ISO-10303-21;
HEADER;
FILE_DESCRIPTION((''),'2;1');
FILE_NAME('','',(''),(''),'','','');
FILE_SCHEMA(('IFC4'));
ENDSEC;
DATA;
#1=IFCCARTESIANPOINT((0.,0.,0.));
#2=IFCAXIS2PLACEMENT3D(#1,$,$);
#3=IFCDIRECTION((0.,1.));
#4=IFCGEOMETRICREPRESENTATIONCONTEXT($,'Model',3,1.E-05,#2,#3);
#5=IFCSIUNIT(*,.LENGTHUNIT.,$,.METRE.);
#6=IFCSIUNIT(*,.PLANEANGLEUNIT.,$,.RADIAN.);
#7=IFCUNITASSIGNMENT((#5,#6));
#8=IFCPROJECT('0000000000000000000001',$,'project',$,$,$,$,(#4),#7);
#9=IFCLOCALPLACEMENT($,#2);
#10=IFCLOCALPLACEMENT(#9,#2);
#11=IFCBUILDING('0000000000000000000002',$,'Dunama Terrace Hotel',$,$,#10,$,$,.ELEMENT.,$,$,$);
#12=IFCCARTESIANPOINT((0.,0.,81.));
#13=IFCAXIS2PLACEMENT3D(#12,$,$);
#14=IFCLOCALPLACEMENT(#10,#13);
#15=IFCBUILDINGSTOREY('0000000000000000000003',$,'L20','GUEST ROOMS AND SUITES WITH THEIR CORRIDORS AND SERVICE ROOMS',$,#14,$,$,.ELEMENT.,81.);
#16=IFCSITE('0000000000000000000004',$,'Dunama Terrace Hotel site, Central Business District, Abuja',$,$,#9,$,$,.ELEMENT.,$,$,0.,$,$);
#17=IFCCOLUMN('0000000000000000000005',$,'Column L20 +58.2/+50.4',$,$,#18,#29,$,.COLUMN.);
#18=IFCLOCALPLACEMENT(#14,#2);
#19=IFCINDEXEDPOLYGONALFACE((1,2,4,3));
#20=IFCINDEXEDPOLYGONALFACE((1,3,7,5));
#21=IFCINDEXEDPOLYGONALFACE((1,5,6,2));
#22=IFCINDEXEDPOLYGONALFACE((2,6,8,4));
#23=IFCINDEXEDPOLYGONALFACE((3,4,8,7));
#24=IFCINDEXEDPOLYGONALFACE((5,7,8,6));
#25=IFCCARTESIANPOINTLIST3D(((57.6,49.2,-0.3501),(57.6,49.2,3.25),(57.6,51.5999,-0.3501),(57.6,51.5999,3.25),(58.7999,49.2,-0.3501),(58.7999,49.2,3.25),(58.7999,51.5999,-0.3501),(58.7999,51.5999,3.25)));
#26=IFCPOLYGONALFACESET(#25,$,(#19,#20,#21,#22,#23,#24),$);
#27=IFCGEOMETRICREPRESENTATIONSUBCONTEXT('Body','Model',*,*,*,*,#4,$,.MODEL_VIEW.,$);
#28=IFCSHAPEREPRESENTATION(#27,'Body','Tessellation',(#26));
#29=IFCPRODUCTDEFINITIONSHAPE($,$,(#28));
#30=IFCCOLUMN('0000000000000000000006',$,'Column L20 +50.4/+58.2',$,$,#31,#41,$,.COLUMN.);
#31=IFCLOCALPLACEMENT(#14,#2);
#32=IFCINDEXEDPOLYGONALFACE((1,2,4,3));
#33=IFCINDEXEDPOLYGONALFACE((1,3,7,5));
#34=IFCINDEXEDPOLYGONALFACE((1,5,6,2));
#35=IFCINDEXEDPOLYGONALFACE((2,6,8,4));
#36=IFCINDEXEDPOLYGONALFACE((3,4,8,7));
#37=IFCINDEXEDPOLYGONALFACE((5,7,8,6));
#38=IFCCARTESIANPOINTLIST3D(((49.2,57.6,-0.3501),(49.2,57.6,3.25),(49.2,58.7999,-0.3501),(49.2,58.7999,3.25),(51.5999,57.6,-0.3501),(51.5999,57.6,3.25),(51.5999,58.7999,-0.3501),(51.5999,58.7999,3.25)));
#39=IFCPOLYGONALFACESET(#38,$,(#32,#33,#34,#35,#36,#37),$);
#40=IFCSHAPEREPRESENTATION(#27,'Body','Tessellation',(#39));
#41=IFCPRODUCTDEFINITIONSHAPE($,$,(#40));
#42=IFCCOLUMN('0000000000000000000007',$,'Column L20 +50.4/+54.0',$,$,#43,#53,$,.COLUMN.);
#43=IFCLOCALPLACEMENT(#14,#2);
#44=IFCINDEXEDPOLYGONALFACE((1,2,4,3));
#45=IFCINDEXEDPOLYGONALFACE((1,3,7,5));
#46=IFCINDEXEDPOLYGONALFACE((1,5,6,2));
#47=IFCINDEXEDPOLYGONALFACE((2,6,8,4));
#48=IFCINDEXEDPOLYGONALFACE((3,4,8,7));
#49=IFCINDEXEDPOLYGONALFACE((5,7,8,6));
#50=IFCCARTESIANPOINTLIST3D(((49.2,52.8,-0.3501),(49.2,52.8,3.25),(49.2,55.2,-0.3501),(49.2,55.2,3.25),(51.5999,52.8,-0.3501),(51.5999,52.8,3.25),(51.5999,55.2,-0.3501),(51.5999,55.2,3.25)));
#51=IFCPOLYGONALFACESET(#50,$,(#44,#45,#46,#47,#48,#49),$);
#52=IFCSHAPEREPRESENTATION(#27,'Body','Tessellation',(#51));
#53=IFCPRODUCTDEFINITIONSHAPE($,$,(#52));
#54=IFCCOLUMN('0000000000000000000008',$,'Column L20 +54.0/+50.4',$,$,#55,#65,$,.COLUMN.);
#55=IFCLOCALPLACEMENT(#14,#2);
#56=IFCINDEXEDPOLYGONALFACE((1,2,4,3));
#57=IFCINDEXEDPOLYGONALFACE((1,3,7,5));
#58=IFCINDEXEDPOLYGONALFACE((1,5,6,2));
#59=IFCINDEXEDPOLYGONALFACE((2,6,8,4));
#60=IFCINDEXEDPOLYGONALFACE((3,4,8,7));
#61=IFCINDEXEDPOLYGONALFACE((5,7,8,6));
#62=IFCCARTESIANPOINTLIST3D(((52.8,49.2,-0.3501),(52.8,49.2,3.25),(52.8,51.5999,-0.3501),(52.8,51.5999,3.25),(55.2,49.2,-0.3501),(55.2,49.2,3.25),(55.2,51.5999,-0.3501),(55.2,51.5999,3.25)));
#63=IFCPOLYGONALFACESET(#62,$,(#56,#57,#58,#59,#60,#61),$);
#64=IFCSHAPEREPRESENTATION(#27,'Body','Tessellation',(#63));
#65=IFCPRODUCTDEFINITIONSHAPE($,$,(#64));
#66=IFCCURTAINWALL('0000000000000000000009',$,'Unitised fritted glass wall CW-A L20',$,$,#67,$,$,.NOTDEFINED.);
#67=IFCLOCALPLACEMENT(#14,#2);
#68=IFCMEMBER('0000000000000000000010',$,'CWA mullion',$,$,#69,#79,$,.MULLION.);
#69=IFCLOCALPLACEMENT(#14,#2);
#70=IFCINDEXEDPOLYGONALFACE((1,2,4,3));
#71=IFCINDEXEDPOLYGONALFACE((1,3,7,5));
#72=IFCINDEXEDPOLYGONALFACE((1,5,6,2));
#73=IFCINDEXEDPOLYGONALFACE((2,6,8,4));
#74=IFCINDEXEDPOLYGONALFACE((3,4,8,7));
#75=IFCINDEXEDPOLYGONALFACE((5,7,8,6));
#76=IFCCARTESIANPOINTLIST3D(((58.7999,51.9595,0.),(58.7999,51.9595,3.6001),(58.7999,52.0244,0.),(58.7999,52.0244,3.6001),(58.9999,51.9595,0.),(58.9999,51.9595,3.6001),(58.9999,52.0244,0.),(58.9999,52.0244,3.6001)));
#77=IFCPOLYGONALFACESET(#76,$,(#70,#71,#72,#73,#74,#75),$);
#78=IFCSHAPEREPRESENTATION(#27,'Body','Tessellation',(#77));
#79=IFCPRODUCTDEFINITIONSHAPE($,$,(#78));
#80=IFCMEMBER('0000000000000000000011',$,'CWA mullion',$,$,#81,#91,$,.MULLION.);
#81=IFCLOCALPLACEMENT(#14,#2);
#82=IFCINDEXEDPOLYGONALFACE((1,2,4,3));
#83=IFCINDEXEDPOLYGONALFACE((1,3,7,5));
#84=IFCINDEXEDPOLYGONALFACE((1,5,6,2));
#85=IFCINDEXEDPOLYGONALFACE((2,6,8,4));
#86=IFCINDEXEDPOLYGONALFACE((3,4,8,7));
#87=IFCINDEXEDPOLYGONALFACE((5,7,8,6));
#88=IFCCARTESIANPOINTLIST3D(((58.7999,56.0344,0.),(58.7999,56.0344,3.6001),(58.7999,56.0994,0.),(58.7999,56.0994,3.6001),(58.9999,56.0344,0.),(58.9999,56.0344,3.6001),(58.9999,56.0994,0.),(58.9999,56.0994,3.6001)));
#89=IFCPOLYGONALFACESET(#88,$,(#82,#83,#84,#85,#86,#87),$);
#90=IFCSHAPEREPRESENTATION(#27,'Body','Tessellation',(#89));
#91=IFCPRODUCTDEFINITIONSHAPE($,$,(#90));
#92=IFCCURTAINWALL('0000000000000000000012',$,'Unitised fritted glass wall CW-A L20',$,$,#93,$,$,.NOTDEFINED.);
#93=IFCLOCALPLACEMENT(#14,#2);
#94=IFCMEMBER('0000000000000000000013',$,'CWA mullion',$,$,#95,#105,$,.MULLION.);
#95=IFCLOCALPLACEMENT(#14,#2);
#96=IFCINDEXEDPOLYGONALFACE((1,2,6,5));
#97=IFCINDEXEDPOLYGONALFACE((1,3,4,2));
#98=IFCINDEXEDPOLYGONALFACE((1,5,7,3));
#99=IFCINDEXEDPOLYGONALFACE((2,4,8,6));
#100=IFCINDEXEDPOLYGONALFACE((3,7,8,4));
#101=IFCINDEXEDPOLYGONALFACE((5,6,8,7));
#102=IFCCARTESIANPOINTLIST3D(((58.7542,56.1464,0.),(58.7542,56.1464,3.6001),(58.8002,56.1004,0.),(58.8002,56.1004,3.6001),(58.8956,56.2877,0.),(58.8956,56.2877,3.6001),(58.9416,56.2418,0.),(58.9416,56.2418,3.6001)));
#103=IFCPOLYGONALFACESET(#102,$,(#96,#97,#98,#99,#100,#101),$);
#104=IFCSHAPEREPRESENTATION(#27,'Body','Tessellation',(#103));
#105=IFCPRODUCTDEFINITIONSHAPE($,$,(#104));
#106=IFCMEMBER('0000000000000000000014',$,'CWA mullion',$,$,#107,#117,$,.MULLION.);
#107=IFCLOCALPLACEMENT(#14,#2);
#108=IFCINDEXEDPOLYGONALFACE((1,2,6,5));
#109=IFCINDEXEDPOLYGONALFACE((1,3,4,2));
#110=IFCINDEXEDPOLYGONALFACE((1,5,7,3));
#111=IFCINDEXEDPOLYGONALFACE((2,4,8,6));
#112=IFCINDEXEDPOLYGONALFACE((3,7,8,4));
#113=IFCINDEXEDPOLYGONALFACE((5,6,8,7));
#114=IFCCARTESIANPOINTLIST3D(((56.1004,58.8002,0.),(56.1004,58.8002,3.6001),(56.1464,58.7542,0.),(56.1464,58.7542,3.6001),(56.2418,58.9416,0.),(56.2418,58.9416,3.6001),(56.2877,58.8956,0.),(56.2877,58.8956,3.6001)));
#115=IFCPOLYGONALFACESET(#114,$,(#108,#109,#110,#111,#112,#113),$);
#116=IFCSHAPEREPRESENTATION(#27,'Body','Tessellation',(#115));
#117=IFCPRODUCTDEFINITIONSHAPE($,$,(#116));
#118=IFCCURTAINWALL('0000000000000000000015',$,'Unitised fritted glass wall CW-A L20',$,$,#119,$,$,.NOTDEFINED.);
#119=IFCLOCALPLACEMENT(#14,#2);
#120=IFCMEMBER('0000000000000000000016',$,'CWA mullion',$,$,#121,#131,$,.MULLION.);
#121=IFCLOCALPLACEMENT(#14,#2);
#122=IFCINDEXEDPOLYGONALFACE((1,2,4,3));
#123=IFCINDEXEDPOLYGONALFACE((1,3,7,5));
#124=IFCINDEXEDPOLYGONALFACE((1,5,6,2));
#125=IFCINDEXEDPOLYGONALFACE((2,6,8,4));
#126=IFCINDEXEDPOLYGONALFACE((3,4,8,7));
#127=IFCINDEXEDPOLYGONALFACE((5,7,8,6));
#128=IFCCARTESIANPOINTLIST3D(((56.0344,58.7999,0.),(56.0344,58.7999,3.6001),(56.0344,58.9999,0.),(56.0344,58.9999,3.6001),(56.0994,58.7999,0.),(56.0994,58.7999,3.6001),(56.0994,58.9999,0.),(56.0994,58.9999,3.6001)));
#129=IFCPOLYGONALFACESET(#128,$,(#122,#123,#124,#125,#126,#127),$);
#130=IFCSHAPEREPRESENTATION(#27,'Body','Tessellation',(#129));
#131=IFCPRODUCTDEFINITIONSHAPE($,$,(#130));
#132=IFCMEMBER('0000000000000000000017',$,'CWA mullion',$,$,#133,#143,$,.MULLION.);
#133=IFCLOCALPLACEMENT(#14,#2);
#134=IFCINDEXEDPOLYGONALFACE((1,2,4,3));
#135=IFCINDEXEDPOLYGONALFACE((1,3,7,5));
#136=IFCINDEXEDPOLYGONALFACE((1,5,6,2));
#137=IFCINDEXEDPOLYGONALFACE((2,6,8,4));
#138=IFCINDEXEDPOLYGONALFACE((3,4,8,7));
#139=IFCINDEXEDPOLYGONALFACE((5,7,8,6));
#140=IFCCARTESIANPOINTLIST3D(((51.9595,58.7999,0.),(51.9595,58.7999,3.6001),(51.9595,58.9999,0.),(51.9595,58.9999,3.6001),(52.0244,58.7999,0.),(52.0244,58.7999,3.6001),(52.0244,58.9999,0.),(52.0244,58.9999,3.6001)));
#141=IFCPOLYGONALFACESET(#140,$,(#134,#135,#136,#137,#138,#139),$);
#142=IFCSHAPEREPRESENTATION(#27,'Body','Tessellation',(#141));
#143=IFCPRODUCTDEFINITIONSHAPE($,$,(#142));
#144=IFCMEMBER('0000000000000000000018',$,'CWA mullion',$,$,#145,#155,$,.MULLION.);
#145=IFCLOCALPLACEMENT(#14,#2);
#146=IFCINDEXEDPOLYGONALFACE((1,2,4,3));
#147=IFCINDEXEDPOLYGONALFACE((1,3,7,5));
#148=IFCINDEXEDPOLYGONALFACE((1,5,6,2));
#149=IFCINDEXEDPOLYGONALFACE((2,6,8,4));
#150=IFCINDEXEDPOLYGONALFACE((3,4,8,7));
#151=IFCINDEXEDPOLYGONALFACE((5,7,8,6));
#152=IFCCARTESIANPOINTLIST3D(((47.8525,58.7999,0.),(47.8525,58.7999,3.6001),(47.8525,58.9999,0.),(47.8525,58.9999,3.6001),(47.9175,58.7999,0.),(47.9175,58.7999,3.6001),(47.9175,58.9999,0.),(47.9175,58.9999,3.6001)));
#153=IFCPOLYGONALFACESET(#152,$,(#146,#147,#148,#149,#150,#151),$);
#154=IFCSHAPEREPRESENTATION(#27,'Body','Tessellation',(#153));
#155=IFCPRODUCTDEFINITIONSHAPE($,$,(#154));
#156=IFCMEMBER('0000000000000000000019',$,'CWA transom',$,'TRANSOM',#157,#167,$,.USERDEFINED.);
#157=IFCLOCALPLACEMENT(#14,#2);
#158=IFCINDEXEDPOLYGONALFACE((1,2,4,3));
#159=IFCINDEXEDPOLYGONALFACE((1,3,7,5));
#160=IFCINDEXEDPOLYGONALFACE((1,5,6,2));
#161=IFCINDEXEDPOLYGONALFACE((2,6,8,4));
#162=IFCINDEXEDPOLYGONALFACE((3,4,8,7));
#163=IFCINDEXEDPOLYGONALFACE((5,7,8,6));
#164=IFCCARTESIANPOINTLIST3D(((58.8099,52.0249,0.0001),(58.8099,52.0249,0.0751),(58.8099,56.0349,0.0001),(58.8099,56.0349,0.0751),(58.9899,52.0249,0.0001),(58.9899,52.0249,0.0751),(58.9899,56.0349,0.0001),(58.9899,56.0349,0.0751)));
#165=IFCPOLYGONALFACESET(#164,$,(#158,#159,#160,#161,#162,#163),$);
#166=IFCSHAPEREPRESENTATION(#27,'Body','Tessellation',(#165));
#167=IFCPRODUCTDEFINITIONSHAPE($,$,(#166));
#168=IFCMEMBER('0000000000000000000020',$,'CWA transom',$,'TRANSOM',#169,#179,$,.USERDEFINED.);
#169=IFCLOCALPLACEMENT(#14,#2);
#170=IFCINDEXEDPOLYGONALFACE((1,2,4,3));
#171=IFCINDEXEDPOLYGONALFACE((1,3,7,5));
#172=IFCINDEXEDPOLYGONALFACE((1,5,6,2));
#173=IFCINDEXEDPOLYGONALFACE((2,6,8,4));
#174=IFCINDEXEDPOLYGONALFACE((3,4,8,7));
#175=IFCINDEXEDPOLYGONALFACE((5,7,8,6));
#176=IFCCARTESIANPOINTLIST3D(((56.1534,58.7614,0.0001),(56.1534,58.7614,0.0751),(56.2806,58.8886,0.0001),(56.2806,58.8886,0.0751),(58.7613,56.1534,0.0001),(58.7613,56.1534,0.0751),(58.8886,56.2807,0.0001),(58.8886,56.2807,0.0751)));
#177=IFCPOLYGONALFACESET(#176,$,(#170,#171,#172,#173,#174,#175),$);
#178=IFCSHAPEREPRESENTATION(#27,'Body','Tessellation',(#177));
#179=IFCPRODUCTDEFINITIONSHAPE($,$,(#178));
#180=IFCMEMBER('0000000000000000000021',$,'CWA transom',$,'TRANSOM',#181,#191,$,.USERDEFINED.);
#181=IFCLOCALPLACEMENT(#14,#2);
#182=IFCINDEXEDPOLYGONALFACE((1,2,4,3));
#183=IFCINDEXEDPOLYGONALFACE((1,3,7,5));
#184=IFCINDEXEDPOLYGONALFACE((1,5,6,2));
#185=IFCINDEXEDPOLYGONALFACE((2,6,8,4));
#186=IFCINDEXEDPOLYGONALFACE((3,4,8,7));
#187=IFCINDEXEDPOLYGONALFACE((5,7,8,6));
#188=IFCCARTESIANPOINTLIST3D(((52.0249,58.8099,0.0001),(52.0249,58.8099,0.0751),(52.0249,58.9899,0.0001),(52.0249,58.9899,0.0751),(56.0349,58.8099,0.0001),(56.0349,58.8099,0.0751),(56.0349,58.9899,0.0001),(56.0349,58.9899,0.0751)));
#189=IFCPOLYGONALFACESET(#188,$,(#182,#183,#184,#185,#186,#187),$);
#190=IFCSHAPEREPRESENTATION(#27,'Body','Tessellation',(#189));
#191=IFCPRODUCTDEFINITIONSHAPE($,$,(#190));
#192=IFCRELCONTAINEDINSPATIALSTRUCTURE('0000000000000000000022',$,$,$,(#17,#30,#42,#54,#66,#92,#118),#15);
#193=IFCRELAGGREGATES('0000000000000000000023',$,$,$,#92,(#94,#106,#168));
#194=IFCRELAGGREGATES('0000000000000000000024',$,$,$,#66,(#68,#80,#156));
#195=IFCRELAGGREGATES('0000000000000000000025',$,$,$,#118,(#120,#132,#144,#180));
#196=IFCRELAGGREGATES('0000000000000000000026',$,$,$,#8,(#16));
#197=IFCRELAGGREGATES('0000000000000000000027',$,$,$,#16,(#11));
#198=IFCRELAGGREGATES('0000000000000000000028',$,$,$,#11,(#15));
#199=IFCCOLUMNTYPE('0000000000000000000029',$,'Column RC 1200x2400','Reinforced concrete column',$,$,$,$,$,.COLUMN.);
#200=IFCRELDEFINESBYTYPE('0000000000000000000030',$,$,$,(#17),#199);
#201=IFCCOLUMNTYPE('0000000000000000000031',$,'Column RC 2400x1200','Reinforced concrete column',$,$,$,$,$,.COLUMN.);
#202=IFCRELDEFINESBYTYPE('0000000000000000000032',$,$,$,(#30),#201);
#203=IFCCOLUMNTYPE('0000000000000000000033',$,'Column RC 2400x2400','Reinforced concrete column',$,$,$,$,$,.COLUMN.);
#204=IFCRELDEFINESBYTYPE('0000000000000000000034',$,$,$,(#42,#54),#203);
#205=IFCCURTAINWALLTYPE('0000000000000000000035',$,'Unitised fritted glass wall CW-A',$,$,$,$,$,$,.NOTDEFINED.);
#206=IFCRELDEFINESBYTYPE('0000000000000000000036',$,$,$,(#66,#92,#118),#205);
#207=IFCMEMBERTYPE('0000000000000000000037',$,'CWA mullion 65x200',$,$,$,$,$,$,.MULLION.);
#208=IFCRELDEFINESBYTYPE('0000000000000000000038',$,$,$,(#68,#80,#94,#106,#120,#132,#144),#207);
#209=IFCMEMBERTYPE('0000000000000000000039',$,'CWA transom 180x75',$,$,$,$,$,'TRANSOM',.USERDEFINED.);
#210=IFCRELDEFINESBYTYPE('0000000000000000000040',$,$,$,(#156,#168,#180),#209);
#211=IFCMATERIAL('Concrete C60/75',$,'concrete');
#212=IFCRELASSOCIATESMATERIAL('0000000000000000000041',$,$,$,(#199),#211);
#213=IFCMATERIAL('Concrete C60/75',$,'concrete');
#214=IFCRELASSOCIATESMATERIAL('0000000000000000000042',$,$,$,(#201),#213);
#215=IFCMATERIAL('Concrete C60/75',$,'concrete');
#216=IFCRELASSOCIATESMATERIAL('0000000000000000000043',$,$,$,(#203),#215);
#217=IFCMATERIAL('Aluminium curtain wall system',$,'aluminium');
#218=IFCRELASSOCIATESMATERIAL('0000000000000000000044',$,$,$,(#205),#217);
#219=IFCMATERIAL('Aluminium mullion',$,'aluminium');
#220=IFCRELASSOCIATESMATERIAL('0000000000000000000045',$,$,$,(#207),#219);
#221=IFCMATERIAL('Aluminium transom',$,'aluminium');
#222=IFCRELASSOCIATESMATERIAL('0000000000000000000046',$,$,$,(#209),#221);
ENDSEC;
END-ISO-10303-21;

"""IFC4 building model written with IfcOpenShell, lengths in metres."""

from ifc_helpers import new_model, si_unit, direction, frame, origin, origin_2d, place, context, subcontext, project, spatial, rectangle, extrude, material, material_profile, profile_set, type_object, element, aggregate, save


model = new_model("IFC4")

# Units and contexts
model_context = context("Model", 3, precision=1e-05, world=origin(), true_north=direction((0.0, 1.0)))
body_context = subcontext(model_context, "Body", "Model", "MODEL_VIEW")
ifc_project = project(units=[si_unit("LENGTHUNIT", "METRE"), si_unit("PLANEANGLEUNIT", "RADIAN")], contexts=[model_context])

# Site, building, storey
site_placement = place(None, origin())
site = spatial("IfcSite", under=ifc_project, at=site_placement, Name="Dunama Terrace Hotel site, Central Business District, Abuja", CompositionType="ELEMENT", RefElevation=0.0)
building_placement = place(site_placement, origin())
building = spatial("IfcBuilding", under=site, at=building_placement, Name="Dunama Terrace Hotel", CompositionType="ELEMENT")
storey_placement = place(building_placement, frame((0.0, 0.0, 81.0)))
storey = spatial("IfcBuildingStorey", under=building, at=storey_placement, Name="L20", Description="GUEST ROOMS AND SUITES WITH THEIR CORRIDORS AND SERVICE ROOMS", CompositionType="ELEMENT", Elevation=81.0)

# Columns
ifc_material_1 = material(Name="Concrete C60/75", Category="concrete")
ifc_material_profile_1 = material_profile(ifc_material_1, rectangle(XDim=1.2, YDim=2.3999, at=origin_2d()), Name="RC 1200x2400")
ifc_profile_set_1 = profile_set([ifc_material_profile_1], Name="Concrete C60/75")
column_type_1 = type_object("IfcColumnType", Name="Column RC 1200x2400", Description="Reinforced concrete column", PredefinedType="COLUMN", material=ifc_profile_set_1)
column_1_placement = place(storey_placement, frame((58.2, 50.3999, -0.3501), z_axis=(0.0, 0.0, 1.0), x_axis=(1.0, 0.0, 0.0)))
element("IfcColumn", 1, at=column_1_placement, inside=storey, type_object=column_type_1, Name="Column L20 +58.2/+50.4", PredefinedType="COLUMN", context=body_context, shape_type="SweptSolid", body=[
    extrude(rectangle(XDim=1.2, YDim=2.3999, at=origin_2d()), origin(), (0.0, 0.0, 1.0), 3.6001),
])
ifc_material_2 = material(Name="Concrete C60/75", Category="concrete")
ifc_material_profile_2 = material_profile(ifc_material_2, rectangle(XDim=2.3999, YDim=1.2, at=origin_2d()), Name="RC 2400x1200")
ifc_profile_set_2 = profile_set([ifc_material_profile_2], Name="Concrete C60/75")
column_type_2 = type_object("IfcColumnType", Name="Column RC 2400x1200", Description="Reinforced concrete column", PredefinedType="COLUMN", material=ifc_profile_set_2)
column_2_placement = place(storey_placement, frame((50.3999, 58.2, -0.3501), z_axis=(0.0, 0.0, 1.0), x_axis=(1.0, 0.0, 0.0)))
element("IfcColumn", 2, at=column_2_placement, inside=storey, type_object=column_type_2, Name="Column L20 +50.4/+58.2", PredefinedType="COLUMN", context=body_context, shape_type="SweptSolid", body=[
    extrude(rectangle(XDim=2.3999, YDim=1.2, at=origin_2d()), origin(), (0.0, 0.0, 1.0), 3.6001),
])
ifc_material_3 = material(Name="Concrete C60/75", Category="concrete")
ifc_material_profile_3 = material_profile(ifc_material_3, rectangle(XDim=2.3999, YDim=2.3999, at=origin_2d()), Name="RC 2400x2400")
ifc_profile_set_3 = profile_set([ifc_material_profile_3], Name="Concrete C60/75")
column_type_3 = type_object("IfcColumnType", Name="Column RC 2400x2400", Description="Reinforced concrete column", PredefinedType="COLUMN", material=ifc_profile_set_3)
for number, where, z_axis, x_axis, name in (
    (3, (50.3999, 54.0, -0.3501), (0.0, 0.0, 1.0), (1.0, 0.0, 0.0), "Column L20 +50.4/+54.0"),
    (4, (54.0, 50.3999, -0.3501), (0.0, 0.0, 1.0), (1.0, 0.0, 0.0), "Column L20 +54.0/+50.4"),
):
    element("IfcColumn", number, at=place(storey_placement, frame(where, z_axis=z_axis, x_axis=x_axis)), inside=storey, type_object=column_type_3, Name=name, PredefinedType="COLUMN", context=body_context, shape_type="SweptSolid", body=[
        extrude(rectangle(XDim=2.3999, YDim=2.3999, at=origin_2d()), origin(), (0.0, 0.0, 1.0), 3.6001),
    ])

# Curtain walls, members
ifc_material_4 = material(Name="Aluminium curtain wall system", Category="aluminium")
curtain_wall_type = type_object("IfcCurtainWallType", Name="Unitised fritted glass wall CW-A", PredefinedType="NOTDEFINED", material=ifc_material_4)
curtain_wall_1_placement = place(storey_placement, origin())
curtain_wall_1 = element("IfcCurtainWall", 5, at=curtain_wall_1_placement, inside=storey, type_object=curtain_wall_type, Name="Unitised fritted glass wall CW-A L20", PredefinedType="NOTDEFINED")
ifc_material_5 = material(Name="Aluminium mullion", Category="aluminium")
ifc_material_profile_4 = material_profile(ifc_material_5, rectangle(XDim=0.0649, YDim=0.2, at=origin_2d()), Name="CWA MULLION 65X200")
ifc_profile_set_4 = profile_set([ifc_material_profile_4], Name="Aluminium mullion")
member_type_1 = type_object("IfcMemberType", Name="CWA mullion 65x200", PredefinedType="MULLION", material=ifc_profile_set_4)
member_1_placement = place(storey_placement, frame((58.8999, 51.9919, 0.0), z_axis=(0.0, 0.0, 1.0), x_axis=(0.0, 1.0, 0.0)))
member_1 = element("IfcMember", 6, at=member_1_placement, type_object=member_type_1, Name="CWA mullion", PredefinedType="MULLION", context=body_context, shape_type="SweptSolid", body=[
    extrude(rectangle(XDim=0.0649, YDim=0.2, at=origin_2d()), origin(), (0.0, 0.0, 1.0), 3.6001),
])
member_2_placement = place(storey_placement, frame((58.8999, 56.0669, 0.0), z_axis=(0.0, 0.0, 1.0), x_axis=(0.0, 1.0, 0.0)))
member_2 = element("IfcMember", 7, at=member_2_placement, type_object=member_type_1, Name="CWA mullion", PredefinedType="MULLION", context=body_context, shape_type="SweptSolid", body=[
    extrude(rectangle(XDim=0.0649, YDim=0.2, at=origin_2d()), origin(), (0.0, 0.0, 1.0), 3.6001),
])
curtain_wall_2_placement = place(storey_placement, origin())
curtain_wall_2 = element("IfcCurtainWall", 8, at=curtain_wall_2_placement, inside=storey, type_object=curtain_wall_type, Name="Unitised fritted glass wall CW-A L20", PredefinedType="NOTDEFINED")
member_3_placement = place(storey_placement, frame((58.8479, 56.1941, 0.0), z_axis=(0.0, 0.0, 1.0), x_axis=(-0.707107, 0.707107, 0.0)))
member_3 = element("IfcMember", 9, at=member_3_placement, type_object=member_type_1, Name="CWA mullion", PredefinedType="MULLION", context=body_context, shape_type="SweptSolid", body=[
    extrude(rectangle(XDim=0.0649, YDim=0.2, at=origin_2d()), origin(), (0.0, 0.0, 1.0), 3.6001),
])
member_4_placement = place(storey_placement, frame((56.1941, 58.8479, 0.0), z_axis=(0.0, 0.0, 1.0), x_axis=(-0.707107, 0.707107, 0.0)))
member_4 = element("IfcMember", 10, at=member_4_placement, type_object=member_type_1, Name="CWA mullion", PredefinedType="MULLION", context=body_context, shape_type="SweptSolid", body=[
    extrude(rectangle(XDim=0.0649, YDim=0.2, at=origin_2d()), origin(), (0.0, 0.0, 1.0), 3.6001),
])
curtain_wall_3_placement = place(storey_placement, origin())
curtain_wall_3 = element("IfcCurtainWall", 11, at=curtain_wall_3_placement, inside=storey, type_object=curtain_wall_type, Name="Unitised fritted glass wall CW-A L20", PredefinedType="NOTDEFINED")
member_5_placement = place(storey_placement, frame((56.0669, 58.8999, 0.0), z_axis=(0.0, 0.0, 1.0), x_axis=(-1.0, 0.0, 0.0)))
member_5 = element("IfcMember", 12, at=member_5_placement, type_object=member_type_1, Name="CWA mullion", PredefinedType="MULLION", context=body_context, shape_type="SweptSolid", body=[
    extrude(rectangle(XDim=0.0649, YDim=0.2, at=origin_2d()), origin(), (0.0, 0.0, 1.0), 3.6001),
])
member_6_placement = place(storey_placement, frame((51.9919, 58.8999, 0.0), z_axis=(0.0, 0.0, 1.0), x_axis=(-1.0, 0.0, 0.0)))
member_6 = element("IfcMember", 13, at=member_6_placement, type_object=member_type_1, Name="CWA mullion", PredefinedType="MULLION", context=body_context, shape_type="SweptSolid", body=[
    extrude(rectangle(XDim=0.0649, YDim=0.2, at=origin_2d()), origin(), (0.0, 0.0, 1.0), 3.6001),
])
member_7_placement = place(storey_placement, frame((47.885, 58.8999, 0.0), z_axis=(0.0, 0.0, 1.0), x_axis=(-1.0, 0.0, 0.0)))
member_7 = element("IfcMember", 14, at=member_7_placement, type_object=member_type_1, Name="CWA mullion", PredefinedType="MULLION", context=body_context, shape_type="SweptSolid", body=[
    extrude(rectangle(XDim=0.0649, YDim=0.2, at=origin_2d()), origin(), (0.0, 0.0, 1.0), 3.6001),
])

# Members
ifc_material_6 = material(Name="Aluminium transom", Category="aluminium")
ifc_material_profile_5 = material_profile(ifc_material_6, rectangle(XDim=0.1799, YDim=0.075, at=origin_2d()), Name="CWA TRANSOM 180X75")
ifc_profile_set_5 = profile_set([ifc_material_profile_5], Name="Aluminium transom")
member_type_2 = type_object("IfcMemberType", Name="CWA transom 180x75", ElementType="TRANSOM", PredefinedType="USERDEFINED", material=ifc_profile_set_5)
member_8_placement = place(storey_placement, frame((58.8999, 52.0249, 0.0376), z_axis=(0.0, 1.0, 0.0), x_axis=(-1.0, 0.0, 0.0)))
member_8 = element("IfcMember", 15, at=member_8_placement, type_object=member_type_2, Name="CWA transom", ObjectType="TRANSOM", PredefinedType="USERDEFINED", context=body_context, shape_type="SweptSolid", body=[
    extrude(rectangle(XDim=0.1799, YDim=0.075, at=origin_2d()), origin(), (0.0, 0.0, 1.0), 4.01),
])
member_9_placement = place(storey_placement, frame((58.825, 56.217, 0.0376), z_axis=(-0.707107, 0.707107, 0.0), x_axis=(-0.707107, -0.707107, 0.0)))
member_9 = element("IfcMember", 16, at=member_9_placement, type_object=member_type_2, Name="CWA transom", ObjectType="TRANSOM", PredefinedType="USERDEFINED", context=body_context, shape_type="SweptSolid", body=[
    extrude(rectangle(XDim=0.1799, YDim=0.075, at=origin_2d()), origin(), (0.0, 0.0, 1.0), 3.6882),
])
member_10_placement = place(storey_placement, frame((56.0349, 58.8999, 0.0376), z_axis=(-1.0, 0.0, 0.0), x_axis=(0.0, -1.0, 0.0)))
member_10 = element("IfcMember", 17, at=member_10_placement, type_object=member_type_2, Name="CWA transom", ObjectType="TRANSOM", PredefinedType="USERDEFINED", context=body_context, shape_type="SweptSolid", body=[
    extrude(rectangle(XDim=0.1799, YDim=0.075, at=origin_2d()), origin(), (0.0, 0.0, 1.0), 4.01),
])

aggregate(curtain_wall_2, [member_3, member_4, member_9])
aggregate(curtain_wall_1, [member_1, member_2, member_8])
aggregate(curtain_wall_3, [member_5, member_6, member_7, member_10])

save(model, "model.ifc")
